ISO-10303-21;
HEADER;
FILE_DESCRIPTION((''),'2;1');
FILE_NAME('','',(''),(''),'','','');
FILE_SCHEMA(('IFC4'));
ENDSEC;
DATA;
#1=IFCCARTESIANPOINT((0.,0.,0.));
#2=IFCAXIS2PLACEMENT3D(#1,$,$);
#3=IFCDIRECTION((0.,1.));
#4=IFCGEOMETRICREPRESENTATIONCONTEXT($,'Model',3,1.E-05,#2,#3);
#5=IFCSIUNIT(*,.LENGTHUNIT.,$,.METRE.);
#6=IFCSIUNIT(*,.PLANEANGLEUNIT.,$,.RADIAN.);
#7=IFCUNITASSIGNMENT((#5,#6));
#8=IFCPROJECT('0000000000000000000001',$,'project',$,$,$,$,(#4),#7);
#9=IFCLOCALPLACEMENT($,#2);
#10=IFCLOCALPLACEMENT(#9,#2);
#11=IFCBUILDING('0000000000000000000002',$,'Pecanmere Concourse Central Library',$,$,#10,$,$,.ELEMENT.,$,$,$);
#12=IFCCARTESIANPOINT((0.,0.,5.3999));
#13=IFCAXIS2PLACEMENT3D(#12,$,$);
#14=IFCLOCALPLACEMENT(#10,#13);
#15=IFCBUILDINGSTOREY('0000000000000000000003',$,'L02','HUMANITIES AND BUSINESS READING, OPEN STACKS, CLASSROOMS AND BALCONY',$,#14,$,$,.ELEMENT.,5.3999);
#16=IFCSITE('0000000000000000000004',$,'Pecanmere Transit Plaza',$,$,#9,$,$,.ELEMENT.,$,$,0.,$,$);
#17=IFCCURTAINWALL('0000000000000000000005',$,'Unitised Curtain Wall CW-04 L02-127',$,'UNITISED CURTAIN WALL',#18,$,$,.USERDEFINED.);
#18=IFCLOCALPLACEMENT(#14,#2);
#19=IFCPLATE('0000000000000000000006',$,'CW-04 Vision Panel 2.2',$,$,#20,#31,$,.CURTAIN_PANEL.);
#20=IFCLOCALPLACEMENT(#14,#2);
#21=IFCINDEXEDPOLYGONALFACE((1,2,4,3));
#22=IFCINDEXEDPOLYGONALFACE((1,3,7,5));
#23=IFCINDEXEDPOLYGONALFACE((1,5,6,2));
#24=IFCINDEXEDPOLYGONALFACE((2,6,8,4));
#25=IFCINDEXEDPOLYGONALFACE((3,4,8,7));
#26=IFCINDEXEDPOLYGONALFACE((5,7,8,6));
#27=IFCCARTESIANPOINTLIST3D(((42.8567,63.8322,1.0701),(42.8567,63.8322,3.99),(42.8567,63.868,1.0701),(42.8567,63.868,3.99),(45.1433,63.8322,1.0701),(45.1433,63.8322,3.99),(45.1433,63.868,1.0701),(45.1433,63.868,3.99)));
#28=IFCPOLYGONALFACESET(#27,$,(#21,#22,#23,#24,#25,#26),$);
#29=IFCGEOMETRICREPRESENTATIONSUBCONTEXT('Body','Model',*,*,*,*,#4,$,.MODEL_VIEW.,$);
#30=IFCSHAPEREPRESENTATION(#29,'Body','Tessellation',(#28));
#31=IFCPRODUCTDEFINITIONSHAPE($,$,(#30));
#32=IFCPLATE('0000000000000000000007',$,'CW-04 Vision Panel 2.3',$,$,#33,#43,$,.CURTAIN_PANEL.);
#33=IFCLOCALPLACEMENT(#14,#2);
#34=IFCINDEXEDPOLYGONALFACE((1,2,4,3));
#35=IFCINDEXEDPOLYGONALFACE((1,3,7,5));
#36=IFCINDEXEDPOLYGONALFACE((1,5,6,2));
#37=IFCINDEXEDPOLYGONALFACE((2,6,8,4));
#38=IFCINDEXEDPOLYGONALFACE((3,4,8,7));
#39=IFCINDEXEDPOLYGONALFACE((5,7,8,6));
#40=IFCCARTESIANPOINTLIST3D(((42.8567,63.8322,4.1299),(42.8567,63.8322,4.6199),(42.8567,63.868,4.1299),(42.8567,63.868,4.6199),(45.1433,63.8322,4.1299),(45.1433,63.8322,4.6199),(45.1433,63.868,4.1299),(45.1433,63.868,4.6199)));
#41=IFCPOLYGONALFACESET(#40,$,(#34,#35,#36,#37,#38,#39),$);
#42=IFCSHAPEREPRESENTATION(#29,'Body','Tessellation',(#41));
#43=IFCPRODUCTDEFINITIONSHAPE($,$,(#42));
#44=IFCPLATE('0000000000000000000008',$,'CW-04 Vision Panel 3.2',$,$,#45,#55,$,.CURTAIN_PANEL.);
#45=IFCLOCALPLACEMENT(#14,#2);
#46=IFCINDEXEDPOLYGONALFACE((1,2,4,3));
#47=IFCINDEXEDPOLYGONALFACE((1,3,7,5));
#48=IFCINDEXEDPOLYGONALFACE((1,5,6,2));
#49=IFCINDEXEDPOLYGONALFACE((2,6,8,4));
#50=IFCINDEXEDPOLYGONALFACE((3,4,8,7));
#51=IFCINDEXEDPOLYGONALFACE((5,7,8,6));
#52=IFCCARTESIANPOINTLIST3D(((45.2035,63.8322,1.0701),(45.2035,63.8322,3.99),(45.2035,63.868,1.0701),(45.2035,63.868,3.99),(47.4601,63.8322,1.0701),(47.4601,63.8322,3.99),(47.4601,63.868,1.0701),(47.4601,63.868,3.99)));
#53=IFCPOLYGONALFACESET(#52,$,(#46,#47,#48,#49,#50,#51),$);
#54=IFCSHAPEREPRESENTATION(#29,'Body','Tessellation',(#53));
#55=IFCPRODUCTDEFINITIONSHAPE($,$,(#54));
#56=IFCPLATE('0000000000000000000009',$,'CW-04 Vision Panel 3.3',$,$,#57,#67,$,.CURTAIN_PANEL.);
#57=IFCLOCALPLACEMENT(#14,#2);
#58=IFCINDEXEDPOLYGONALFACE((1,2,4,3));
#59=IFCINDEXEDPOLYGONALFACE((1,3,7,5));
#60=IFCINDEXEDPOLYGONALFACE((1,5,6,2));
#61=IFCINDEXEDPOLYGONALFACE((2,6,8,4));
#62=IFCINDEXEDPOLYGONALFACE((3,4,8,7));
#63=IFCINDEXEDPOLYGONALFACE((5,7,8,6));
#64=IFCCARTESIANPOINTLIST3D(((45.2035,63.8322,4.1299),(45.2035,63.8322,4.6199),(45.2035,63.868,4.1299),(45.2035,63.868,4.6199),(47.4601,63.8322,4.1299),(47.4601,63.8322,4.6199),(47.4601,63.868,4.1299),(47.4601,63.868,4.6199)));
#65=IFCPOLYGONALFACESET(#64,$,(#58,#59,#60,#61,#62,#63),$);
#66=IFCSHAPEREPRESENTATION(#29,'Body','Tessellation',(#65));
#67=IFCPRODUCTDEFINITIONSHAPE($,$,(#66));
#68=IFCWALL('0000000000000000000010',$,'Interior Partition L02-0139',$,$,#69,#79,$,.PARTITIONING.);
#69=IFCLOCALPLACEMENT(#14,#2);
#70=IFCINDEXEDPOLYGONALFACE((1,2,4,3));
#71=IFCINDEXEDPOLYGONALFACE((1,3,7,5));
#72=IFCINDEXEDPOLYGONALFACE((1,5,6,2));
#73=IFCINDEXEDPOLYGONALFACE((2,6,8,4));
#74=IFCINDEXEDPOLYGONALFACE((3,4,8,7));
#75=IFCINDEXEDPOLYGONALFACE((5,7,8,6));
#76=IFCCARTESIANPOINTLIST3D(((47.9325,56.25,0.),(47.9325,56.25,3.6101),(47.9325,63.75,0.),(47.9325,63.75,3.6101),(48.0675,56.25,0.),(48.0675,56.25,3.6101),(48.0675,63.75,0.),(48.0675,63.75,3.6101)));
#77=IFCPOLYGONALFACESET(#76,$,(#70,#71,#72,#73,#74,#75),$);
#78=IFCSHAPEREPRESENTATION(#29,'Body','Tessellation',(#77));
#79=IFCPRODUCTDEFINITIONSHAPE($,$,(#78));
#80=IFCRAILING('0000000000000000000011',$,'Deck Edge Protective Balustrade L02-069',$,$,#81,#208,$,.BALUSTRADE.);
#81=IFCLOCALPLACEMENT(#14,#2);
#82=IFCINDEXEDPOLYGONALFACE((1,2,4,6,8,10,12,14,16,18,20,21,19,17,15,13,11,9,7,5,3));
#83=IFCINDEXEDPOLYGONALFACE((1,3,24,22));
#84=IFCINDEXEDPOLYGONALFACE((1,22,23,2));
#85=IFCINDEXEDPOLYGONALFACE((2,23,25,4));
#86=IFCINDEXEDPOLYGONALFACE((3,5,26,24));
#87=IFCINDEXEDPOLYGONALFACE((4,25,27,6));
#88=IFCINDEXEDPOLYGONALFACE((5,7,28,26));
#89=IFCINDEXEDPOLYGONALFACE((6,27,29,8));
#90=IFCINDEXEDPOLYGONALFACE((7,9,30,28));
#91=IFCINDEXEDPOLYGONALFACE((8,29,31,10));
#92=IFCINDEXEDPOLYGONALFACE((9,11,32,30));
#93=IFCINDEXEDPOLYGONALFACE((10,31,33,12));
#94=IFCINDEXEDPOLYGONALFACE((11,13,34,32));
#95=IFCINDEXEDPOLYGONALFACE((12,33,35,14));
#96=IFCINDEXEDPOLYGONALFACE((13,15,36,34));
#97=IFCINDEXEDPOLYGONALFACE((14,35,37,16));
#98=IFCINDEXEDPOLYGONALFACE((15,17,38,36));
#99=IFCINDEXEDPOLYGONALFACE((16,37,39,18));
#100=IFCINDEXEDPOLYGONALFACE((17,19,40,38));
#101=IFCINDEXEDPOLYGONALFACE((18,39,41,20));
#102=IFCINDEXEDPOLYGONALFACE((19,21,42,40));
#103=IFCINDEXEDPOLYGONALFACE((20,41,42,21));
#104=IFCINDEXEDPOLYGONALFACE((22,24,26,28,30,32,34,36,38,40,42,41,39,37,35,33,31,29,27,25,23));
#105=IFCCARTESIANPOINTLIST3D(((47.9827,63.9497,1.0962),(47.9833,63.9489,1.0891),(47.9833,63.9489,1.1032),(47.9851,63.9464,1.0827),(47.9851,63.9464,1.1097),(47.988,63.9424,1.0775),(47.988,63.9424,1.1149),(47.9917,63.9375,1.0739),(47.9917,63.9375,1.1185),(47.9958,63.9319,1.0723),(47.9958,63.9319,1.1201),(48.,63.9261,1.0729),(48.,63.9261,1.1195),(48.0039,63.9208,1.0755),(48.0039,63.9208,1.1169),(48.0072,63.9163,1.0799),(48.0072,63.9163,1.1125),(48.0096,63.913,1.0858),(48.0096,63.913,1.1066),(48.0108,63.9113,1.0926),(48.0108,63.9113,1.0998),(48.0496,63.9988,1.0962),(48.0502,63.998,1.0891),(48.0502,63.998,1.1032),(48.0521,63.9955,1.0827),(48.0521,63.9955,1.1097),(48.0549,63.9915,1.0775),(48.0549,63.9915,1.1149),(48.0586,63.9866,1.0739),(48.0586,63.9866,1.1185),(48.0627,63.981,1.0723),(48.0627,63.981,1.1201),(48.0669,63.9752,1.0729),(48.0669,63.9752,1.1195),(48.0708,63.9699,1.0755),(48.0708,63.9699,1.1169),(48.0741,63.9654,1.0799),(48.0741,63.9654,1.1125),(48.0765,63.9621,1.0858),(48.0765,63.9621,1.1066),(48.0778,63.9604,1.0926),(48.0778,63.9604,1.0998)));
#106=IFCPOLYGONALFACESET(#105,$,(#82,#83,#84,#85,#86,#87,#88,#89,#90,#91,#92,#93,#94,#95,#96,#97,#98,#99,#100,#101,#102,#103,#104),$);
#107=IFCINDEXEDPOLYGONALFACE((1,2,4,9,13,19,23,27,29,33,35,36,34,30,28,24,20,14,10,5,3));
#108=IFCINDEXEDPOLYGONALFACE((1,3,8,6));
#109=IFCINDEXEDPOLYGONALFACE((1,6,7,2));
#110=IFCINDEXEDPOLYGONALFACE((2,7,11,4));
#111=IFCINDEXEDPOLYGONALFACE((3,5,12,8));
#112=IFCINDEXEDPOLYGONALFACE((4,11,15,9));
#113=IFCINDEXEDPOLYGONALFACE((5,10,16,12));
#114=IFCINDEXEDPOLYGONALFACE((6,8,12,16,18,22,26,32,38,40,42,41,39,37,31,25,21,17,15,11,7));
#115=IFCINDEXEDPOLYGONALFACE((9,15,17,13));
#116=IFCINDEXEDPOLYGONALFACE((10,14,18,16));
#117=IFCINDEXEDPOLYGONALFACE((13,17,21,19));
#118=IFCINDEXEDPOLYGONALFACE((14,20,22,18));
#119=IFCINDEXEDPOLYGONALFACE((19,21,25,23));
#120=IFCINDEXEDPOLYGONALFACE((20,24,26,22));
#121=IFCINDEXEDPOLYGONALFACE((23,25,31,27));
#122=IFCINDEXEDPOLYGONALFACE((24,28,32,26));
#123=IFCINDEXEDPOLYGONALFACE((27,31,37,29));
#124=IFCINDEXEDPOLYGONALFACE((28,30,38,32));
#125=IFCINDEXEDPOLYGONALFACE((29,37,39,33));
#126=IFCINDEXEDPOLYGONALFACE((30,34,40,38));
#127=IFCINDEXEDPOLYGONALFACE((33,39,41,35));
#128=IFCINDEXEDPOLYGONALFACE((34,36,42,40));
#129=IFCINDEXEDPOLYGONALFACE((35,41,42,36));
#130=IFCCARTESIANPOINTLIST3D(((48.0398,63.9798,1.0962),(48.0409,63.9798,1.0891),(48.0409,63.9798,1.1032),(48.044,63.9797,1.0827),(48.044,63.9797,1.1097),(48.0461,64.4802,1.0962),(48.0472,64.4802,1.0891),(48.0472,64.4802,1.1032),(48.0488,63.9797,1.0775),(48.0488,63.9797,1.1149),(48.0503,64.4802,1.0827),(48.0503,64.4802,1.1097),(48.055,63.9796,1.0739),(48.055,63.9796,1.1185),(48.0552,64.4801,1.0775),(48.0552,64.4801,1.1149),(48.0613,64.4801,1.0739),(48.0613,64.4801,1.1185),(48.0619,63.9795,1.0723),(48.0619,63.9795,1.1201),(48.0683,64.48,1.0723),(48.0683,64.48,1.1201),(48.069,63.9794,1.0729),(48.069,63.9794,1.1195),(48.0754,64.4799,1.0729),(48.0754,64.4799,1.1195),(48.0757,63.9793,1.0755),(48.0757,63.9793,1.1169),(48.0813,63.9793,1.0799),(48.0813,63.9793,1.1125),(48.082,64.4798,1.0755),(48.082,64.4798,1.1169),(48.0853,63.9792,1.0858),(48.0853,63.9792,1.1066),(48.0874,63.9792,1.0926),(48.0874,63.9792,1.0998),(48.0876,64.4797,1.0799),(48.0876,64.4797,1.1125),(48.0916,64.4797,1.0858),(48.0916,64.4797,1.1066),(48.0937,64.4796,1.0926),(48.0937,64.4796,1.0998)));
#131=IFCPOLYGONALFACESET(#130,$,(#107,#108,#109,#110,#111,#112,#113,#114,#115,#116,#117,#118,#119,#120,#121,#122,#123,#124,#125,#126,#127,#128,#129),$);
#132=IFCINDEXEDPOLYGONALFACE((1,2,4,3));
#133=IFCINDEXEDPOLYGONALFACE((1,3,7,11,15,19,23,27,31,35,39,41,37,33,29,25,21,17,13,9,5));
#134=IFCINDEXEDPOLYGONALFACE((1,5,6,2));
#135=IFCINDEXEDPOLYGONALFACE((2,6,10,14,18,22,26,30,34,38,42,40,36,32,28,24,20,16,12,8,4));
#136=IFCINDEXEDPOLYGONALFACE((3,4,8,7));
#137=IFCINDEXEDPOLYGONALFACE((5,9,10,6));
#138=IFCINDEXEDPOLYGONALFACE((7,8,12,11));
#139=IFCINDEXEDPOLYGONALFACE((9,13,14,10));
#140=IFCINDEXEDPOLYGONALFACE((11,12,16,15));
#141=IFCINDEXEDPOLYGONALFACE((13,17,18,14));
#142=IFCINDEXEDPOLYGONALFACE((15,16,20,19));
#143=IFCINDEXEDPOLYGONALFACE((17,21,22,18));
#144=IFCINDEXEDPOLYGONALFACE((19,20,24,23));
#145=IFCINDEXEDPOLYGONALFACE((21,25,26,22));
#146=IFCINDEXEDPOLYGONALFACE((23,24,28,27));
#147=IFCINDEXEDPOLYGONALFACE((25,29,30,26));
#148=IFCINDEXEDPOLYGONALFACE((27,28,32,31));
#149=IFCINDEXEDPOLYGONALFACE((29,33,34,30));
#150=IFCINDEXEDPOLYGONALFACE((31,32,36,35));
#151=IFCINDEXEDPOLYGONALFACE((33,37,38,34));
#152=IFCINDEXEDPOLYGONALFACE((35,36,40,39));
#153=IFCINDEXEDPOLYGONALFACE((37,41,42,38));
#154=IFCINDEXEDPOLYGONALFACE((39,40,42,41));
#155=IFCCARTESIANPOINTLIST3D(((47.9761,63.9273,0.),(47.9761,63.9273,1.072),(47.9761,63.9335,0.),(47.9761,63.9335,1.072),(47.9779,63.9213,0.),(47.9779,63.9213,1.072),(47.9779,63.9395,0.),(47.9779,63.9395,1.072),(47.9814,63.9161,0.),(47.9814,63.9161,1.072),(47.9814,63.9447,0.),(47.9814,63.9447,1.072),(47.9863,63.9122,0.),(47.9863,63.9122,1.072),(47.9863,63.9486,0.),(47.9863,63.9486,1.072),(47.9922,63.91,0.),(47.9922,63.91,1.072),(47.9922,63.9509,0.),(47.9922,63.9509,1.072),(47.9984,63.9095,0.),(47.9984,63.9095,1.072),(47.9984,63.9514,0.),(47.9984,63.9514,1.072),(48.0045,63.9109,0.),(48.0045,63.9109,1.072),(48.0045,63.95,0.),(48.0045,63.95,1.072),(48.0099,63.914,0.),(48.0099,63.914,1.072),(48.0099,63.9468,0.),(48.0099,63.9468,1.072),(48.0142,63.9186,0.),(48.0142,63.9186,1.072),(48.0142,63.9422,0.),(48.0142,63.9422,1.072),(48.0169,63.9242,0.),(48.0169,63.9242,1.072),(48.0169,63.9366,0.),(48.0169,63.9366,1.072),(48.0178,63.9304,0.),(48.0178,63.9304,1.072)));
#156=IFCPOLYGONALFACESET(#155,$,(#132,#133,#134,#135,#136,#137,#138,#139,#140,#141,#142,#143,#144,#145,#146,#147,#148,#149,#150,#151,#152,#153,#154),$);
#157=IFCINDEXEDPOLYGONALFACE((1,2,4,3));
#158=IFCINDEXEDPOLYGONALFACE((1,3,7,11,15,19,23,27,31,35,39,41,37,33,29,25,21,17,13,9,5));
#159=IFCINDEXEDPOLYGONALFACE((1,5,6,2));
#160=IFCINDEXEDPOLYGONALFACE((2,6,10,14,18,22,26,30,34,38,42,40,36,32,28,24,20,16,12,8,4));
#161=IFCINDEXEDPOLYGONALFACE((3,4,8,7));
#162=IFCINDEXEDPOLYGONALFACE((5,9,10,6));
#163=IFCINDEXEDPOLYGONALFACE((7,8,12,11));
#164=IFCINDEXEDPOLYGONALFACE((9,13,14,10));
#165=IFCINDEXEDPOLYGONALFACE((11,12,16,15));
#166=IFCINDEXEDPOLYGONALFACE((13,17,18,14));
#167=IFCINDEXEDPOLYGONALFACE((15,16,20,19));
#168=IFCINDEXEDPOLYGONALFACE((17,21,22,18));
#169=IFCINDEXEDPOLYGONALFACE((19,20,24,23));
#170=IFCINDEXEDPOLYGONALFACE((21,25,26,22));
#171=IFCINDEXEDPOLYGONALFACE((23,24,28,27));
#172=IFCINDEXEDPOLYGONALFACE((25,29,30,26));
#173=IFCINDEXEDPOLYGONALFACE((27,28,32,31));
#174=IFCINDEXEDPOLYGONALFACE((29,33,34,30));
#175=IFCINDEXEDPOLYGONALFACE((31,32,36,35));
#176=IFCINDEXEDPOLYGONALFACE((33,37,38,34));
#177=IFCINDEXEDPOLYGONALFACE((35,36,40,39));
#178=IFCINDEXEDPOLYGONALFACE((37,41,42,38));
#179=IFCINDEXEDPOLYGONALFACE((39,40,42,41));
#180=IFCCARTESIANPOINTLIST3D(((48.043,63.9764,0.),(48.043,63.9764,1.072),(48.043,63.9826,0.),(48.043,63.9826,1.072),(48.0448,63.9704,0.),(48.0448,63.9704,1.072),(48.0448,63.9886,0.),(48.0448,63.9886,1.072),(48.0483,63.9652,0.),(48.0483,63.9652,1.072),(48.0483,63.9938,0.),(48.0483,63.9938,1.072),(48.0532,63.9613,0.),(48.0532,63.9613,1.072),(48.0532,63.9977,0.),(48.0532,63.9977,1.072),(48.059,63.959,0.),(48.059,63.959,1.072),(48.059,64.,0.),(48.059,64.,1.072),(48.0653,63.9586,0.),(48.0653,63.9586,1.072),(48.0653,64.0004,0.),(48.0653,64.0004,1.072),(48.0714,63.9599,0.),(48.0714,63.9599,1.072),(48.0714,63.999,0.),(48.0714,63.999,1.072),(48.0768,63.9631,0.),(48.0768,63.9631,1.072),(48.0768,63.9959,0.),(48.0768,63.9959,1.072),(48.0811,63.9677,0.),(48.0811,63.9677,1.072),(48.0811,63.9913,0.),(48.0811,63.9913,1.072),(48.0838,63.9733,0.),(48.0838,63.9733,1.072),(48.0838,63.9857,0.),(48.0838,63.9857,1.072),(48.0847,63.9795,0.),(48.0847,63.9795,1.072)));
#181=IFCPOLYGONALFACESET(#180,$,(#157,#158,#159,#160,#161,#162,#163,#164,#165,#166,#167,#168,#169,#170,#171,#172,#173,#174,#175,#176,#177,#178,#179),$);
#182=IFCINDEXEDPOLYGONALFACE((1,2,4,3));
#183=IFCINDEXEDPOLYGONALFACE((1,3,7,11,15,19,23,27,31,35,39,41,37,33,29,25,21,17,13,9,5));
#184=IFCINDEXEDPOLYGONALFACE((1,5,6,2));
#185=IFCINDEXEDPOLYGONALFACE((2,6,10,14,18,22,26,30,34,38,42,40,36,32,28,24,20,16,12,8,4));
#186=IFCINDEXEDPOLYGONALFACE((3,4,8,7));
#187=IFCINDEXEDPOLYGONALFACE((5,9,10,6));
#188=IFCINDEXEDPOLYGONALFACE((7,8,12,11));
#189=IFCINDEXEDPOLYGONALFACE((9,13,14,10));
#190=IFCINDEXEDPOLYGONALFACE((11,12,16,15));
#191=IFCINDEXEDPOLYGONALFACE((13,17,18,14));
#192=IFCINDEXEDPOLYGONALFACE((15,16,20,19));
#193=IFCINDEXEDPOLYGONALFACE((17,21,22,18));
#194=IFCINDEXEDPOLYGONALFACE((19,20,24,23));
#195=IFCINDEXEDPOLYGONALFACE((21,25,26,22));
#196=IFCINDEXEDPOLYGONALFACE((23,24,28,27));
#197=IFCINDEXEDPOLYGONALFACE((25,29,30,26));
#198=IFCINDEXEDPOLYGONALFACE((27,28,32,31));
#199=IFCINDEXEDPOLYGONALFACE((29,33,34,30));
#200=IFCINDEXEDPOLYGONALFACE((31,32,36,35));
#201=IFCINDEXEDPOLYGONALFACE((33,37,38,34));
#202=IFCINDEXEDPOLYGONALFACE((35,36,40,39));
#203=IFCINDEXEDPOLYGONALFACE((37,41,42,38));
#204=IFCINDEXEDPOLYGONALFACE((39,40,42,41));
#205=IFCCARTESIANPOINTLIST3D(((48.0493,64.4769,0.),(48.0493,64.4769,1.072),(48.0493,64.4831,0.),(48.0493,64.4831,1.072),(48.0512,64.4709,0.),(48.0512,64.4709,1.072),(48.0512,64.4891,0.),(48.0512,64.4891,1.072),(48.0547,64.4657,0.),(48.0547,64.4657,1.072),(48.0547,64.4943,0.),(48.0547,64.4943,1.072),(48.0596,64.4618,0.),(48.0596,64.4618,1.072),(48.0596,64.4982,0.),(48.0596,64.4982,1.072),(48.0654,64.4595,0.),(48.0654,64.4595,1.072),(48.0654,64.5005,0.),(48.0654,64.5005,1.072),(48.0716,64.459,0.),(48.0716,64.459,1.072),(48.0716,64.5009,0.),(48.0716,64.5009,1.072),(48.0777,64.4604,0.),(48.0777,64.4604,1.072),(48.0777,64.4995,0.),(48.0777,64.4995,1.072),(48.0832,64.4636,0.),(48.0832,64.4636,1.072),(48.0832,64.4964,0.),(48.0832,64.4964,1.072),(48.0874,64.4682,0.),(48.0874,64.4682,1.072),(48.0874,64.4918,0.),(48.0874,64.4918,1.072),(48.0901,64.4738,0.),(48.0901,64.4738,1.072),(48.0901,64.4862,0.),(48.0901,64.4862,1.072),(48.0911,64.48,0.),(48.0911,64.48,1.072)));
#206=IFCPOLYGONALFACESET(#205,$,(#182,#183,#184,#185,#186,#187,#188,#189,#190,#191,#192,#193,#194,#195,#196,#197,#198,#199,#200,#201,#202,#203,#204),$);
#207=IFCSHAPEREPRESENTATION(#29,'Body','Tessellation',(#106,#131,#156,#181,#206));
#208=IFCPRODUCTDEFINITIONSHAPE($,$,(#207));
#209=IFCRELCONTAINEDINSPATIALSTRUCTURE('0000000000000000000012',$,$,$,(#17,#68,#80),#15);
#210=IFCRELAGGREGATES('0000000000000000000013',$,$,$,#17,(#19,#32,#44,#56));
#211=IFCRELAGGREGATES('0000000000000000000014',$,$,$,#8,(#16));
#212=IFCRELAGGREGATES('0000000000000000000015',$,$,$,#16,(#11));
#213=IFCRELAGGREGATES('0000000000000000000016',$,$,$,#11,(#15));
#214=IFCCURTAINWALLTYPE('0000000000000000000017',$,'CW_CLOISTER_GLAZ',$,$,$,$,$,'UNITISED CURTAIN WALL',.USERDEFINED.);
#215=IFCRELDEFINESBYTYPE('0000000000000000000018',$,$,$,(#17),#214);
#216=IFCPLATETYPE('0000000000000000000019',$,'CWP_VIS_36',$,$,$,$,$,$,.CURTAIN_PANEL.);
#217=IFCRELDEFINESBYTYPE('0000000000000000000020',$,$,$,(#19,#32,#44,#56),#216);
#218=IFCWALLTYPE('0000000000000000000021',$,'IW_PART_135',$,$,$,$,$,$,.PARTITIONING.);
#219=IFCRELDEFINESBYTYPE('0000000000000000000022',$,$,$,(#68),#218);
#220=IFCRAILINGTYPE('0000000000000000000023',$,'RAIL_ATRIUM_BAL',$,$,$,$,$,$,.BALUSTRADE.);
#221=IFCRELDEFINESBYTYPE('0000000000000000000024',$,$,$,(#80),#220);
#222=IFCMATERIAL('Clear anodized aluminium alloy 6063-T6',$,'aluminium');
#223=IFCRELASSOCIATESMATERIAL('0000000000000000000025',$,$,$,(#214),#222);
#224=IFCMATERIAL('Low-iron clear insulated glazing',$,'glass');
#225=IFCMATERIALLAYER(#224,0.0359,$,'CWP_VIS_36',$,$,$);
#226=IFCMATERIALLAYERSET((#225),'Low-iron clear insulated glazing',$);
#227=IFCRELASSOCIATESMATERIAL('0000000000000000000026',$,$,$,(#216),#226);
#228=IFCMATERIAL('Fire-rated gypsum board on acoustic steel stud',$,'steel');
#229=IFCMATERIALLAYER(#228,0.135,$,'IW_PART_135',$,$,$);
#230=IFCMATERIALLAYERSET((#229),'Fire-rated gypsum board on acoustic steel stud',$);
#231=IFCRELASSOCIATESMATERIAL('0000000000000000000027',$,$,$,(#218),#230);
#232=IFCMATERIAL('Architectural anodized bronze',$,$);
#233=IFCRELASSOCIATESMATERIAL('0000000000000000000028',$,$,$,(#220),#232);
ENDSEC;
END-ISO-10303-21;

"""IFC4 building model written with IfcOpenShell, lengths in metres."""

from ifc_helpers import new_model, si_unit, direction, frame, frame_2d, origin, origin_2d, place, context, subcontext, project, spatial, rectangle, circle, extrude, material, layer, layer_set, type_object, element, aggregate, save


model = new_model("IFC4")

# Units and contexts
model_context = context("Model", 3, precision=1e-05, world=origin(), true_north=direction((0.0, 1.0)))
body_context = subcontext(model_context, "Body", "Model", "MODEL_VIEW")
ifc_project = project(units=[si_unit("LENGTHUNIT", "METRE"), si_unit("PLANEANGLEUNIT", "RADIAN")], contexts=[model_context])

# Site, building, storey
site_placement = place(None, origin())
site = spatial("IfcSite", under=ifc_project, at=site_placement, Name="Pecanmere Transit Plaza", CompositionType="ELEMENT", RefElevation=0.0)
building_placement = place(site_placement, origin())
building = spatial("IfcBuilding", under=site, at=building_placement, Name="Pecanmere Concourse Central Library", CompositionType="ELEMENT")
storey_placement = place(building_placement, frame((0.0, 0.0, 5.3999)))
storey = spatial("IfcBuildingStorey", under=building, at=storey_placement, Name="L02", Description="HUMANITIES AND BUSINESS READING, OPEN STACKS, CLASSROOMS AND BALCONY", CompositionType="ELEMENT", Elevation=5.3999)

# Curtain wall
ifc_material_1 = material(Name="Clear anodized aluminium alloy 6063-T6", Category="aluminium")
curtain_wall_type = type_object("IfcCurtainWallType", Name="CW_CLOISTER_GLAZ", ElementType="UNITISED CURTAIN WALL", PredefinedType="USERDEFINED", material=ifc_material_1)
curtain_wall_placement = place(storey_placement, origin())
curtain_wall = element("IfcCurtainWall", 1, at=curtain_wall_placement, inside=storey, type_object=curtain_wall_type, Name="Unitised Curtain Wall CW-04 L02-127", ObjectType="UNITISED CURTAIN WALL", PredefinedType="USERDEFINED")

# Plates
ifc_material_2 = material(Name="Low-iron clear insulated glazing", Category="glass")
ifc_layer_1 = layer(ifc_material_2, 0.0359, Name="CWP_VIS_36")
ifc_layer_set_1 = layer_set([ifc_layer_1], Name="Low-iron clear insulated glazing")
plate_type_1 = type_object("IfcPlateType", Name="CWP_VIS_36", PredefinedType="CURTAIN_PANEL", material=ifc_layer_set_1)
plate_1_placement = place(storey_placement, frame((44.0, 63.8501, 1.0701), z_axis=(0.0, 0.0, 1.0), x_axis=(1.0, 0.0, 0.0)))
plate_1 = element("IfcPlate", 2, at=plate_1_placement, type_object=plate_type_1, Name="CW-04 Vision Panel 2.2", PredefinedType="CURTAIN_PANEL", context=body_context, shape_type="SweptSolid", body=[
    extrude(rectangle(XDim=2.2866, YDim=0.0359, at=origin_2d()), origin(), (0.0, 0.0, 1.0), 2.9199),
])
plate_2_placement = place(storey_placement, frame((44.0, 63.8501, 4.1299), z_axis=(0.0, 0.0, 1.0), x_axis=(1.0, 0.0, 0.0)))
plate_2 = element("IfcPlate", 3, at=plate_2_placement, type_object=plate_type_1, Name="CW-04 Vision Panel 2.3", PredefinedType="CURTAIN_PANEL", context=body_context, shape_type="SweptSolid", body=[
    extrude(rectangle(XDim=2.2866, YDim=0.0359, at=origin_2d()), origin(), (0.0, 0.0, 1.0), 0.49),
])
plate_3_placement = place(storey_placement, frame((46.3318, 63.8501, 1.0701), z_axis=(0.0, 0.0, 1.0), x_axis=(1.0, 0.0, 0.0)))
plate_3 = element("IfcPlate", 4, at=plate_3_placement, type_object=plate_type_1, Name="CW-04 Vision Panel 3.2", PredefinedType="CURTAIN_PANEL", context=body_context, shape_type="SweptSolid", body=[
    extrude(rectangle(XDim=2.2566, YDim=0.0359, at=origin_2d()), origin(), (0.0, 0.0, 1.0), 2.9199),
])
plate_4_placement = place(storey_placement, frame((46.3318, 63.8501, 4.1299), z_axis=(0.0, 0.0, 1.0), x_axis=(1.0, 0.0, 0.0)))
plate_4 = element("IfcPlate", 5, at=plate_4_placement, type_object=plate_type_1, Name="CW-04 Vision Panel 3.3", PredefinedType="CURTAIN_PANEL", context=body_context, shape_type="SweptSolid", body=[
    extrude(rectangle(XDim=2.2566, YDim=0.0359, at=origin_2d()), origin(), (0.0, 0.0, 1.0), 0.49),
])
aggregate(curtain_wall, [plate_1, plate_2, plate_3, plate_4])

# Wall
ifc_material_3 = material(Name="Fire-rated gypsum board on acoustic steel stud", Category="steel")
ifc_layer_2 = layer(ifc_material_3, 0.135, Name="IW_PART_135")
ifc_layer_set_2 = layer_set([ifc_layer_2], Name="Fire-rated gypsum board on acoustic steel stud")
wall_type = type_object("IfcWallType", Name="IW_PART_135", PredefinedType="PARTITIONING", material=ifc_layer_set_2)
wall_placement = place(storey_placement, frame((48.0, 56.25, 0.0), z_axis=(0.0, 0.0, 1.0), x_axis=(0.0, 1.0, 0.0)))
element("IfcWall", 6, at=wall_placement, inside=storey, type_object=wall_type, Name="Interior Partition L02-0139", PredefinedType="PARTITIONING", context=body_context, shape_type="SweptSolid", body=[
    extrude(rectangle(XDim=7.5, YDim=0.135, at=frame_2d((3.75, 0.0))), origin(), (0.0, 0.0, 1.0), 3.6101),
])

# Railing
ifc_material_4 = material(Name="Architectural anodized bronze")
railing_type = type_object("IfcRailingType", Name="RAIL_ATRIUM_BAL", PredefinedType="BALUSTRADE", material=ifc_material_4)
railing_1_placement = place(storey_placement, frame((47.9968, 63.9304, 0.0)))
element("IfcRailing", 7, at=railing_1_placement, inside=storey, type_object=railing_type, Name="Deck Edge Protective Balustrade L02-069", PredefinedType="BALUSTRADE", context=body_context, shape_type="SweptSolid", body=[
    extrude(circle(Radius=0.0239, at=origin_2d()), frame((0.0, 0.0, 1.0962), z_axis=(0.806311, 0.591491, 0.0), x_axis=(-0.591491, 0.806311, 0.0)), (0.0, 0.0, 1.0), 0.083),
    extrude(circle(Radius=0.0239, at=origin_2d()), frame((0.0669, 0.0491, 1.0962), z_axis=(0.012682, 0.99992, 0.0), x_axis=(-0.99992, 0.012682, 0.0)), (0.0, 0.0, 1.0), 0.5005),
    extrude(circle(Radius=0.021, at=origin_2d()), origin(), (0.0, 0.0, 1.0), 1.072),
    extrude(circle(Radius=0.021, at=origin_2d()), frame((0.0669, 0.0491, 0.0)), (0.0, 0.0, 1.0), 1.072),
    extrude(circle(Radius=0.021, at=origin_2d()), frame((0.0732, 0.5496, 0.0)), (0.0, 0.0, 1.0), 1.072),
])

save(model, "model.ifc")
